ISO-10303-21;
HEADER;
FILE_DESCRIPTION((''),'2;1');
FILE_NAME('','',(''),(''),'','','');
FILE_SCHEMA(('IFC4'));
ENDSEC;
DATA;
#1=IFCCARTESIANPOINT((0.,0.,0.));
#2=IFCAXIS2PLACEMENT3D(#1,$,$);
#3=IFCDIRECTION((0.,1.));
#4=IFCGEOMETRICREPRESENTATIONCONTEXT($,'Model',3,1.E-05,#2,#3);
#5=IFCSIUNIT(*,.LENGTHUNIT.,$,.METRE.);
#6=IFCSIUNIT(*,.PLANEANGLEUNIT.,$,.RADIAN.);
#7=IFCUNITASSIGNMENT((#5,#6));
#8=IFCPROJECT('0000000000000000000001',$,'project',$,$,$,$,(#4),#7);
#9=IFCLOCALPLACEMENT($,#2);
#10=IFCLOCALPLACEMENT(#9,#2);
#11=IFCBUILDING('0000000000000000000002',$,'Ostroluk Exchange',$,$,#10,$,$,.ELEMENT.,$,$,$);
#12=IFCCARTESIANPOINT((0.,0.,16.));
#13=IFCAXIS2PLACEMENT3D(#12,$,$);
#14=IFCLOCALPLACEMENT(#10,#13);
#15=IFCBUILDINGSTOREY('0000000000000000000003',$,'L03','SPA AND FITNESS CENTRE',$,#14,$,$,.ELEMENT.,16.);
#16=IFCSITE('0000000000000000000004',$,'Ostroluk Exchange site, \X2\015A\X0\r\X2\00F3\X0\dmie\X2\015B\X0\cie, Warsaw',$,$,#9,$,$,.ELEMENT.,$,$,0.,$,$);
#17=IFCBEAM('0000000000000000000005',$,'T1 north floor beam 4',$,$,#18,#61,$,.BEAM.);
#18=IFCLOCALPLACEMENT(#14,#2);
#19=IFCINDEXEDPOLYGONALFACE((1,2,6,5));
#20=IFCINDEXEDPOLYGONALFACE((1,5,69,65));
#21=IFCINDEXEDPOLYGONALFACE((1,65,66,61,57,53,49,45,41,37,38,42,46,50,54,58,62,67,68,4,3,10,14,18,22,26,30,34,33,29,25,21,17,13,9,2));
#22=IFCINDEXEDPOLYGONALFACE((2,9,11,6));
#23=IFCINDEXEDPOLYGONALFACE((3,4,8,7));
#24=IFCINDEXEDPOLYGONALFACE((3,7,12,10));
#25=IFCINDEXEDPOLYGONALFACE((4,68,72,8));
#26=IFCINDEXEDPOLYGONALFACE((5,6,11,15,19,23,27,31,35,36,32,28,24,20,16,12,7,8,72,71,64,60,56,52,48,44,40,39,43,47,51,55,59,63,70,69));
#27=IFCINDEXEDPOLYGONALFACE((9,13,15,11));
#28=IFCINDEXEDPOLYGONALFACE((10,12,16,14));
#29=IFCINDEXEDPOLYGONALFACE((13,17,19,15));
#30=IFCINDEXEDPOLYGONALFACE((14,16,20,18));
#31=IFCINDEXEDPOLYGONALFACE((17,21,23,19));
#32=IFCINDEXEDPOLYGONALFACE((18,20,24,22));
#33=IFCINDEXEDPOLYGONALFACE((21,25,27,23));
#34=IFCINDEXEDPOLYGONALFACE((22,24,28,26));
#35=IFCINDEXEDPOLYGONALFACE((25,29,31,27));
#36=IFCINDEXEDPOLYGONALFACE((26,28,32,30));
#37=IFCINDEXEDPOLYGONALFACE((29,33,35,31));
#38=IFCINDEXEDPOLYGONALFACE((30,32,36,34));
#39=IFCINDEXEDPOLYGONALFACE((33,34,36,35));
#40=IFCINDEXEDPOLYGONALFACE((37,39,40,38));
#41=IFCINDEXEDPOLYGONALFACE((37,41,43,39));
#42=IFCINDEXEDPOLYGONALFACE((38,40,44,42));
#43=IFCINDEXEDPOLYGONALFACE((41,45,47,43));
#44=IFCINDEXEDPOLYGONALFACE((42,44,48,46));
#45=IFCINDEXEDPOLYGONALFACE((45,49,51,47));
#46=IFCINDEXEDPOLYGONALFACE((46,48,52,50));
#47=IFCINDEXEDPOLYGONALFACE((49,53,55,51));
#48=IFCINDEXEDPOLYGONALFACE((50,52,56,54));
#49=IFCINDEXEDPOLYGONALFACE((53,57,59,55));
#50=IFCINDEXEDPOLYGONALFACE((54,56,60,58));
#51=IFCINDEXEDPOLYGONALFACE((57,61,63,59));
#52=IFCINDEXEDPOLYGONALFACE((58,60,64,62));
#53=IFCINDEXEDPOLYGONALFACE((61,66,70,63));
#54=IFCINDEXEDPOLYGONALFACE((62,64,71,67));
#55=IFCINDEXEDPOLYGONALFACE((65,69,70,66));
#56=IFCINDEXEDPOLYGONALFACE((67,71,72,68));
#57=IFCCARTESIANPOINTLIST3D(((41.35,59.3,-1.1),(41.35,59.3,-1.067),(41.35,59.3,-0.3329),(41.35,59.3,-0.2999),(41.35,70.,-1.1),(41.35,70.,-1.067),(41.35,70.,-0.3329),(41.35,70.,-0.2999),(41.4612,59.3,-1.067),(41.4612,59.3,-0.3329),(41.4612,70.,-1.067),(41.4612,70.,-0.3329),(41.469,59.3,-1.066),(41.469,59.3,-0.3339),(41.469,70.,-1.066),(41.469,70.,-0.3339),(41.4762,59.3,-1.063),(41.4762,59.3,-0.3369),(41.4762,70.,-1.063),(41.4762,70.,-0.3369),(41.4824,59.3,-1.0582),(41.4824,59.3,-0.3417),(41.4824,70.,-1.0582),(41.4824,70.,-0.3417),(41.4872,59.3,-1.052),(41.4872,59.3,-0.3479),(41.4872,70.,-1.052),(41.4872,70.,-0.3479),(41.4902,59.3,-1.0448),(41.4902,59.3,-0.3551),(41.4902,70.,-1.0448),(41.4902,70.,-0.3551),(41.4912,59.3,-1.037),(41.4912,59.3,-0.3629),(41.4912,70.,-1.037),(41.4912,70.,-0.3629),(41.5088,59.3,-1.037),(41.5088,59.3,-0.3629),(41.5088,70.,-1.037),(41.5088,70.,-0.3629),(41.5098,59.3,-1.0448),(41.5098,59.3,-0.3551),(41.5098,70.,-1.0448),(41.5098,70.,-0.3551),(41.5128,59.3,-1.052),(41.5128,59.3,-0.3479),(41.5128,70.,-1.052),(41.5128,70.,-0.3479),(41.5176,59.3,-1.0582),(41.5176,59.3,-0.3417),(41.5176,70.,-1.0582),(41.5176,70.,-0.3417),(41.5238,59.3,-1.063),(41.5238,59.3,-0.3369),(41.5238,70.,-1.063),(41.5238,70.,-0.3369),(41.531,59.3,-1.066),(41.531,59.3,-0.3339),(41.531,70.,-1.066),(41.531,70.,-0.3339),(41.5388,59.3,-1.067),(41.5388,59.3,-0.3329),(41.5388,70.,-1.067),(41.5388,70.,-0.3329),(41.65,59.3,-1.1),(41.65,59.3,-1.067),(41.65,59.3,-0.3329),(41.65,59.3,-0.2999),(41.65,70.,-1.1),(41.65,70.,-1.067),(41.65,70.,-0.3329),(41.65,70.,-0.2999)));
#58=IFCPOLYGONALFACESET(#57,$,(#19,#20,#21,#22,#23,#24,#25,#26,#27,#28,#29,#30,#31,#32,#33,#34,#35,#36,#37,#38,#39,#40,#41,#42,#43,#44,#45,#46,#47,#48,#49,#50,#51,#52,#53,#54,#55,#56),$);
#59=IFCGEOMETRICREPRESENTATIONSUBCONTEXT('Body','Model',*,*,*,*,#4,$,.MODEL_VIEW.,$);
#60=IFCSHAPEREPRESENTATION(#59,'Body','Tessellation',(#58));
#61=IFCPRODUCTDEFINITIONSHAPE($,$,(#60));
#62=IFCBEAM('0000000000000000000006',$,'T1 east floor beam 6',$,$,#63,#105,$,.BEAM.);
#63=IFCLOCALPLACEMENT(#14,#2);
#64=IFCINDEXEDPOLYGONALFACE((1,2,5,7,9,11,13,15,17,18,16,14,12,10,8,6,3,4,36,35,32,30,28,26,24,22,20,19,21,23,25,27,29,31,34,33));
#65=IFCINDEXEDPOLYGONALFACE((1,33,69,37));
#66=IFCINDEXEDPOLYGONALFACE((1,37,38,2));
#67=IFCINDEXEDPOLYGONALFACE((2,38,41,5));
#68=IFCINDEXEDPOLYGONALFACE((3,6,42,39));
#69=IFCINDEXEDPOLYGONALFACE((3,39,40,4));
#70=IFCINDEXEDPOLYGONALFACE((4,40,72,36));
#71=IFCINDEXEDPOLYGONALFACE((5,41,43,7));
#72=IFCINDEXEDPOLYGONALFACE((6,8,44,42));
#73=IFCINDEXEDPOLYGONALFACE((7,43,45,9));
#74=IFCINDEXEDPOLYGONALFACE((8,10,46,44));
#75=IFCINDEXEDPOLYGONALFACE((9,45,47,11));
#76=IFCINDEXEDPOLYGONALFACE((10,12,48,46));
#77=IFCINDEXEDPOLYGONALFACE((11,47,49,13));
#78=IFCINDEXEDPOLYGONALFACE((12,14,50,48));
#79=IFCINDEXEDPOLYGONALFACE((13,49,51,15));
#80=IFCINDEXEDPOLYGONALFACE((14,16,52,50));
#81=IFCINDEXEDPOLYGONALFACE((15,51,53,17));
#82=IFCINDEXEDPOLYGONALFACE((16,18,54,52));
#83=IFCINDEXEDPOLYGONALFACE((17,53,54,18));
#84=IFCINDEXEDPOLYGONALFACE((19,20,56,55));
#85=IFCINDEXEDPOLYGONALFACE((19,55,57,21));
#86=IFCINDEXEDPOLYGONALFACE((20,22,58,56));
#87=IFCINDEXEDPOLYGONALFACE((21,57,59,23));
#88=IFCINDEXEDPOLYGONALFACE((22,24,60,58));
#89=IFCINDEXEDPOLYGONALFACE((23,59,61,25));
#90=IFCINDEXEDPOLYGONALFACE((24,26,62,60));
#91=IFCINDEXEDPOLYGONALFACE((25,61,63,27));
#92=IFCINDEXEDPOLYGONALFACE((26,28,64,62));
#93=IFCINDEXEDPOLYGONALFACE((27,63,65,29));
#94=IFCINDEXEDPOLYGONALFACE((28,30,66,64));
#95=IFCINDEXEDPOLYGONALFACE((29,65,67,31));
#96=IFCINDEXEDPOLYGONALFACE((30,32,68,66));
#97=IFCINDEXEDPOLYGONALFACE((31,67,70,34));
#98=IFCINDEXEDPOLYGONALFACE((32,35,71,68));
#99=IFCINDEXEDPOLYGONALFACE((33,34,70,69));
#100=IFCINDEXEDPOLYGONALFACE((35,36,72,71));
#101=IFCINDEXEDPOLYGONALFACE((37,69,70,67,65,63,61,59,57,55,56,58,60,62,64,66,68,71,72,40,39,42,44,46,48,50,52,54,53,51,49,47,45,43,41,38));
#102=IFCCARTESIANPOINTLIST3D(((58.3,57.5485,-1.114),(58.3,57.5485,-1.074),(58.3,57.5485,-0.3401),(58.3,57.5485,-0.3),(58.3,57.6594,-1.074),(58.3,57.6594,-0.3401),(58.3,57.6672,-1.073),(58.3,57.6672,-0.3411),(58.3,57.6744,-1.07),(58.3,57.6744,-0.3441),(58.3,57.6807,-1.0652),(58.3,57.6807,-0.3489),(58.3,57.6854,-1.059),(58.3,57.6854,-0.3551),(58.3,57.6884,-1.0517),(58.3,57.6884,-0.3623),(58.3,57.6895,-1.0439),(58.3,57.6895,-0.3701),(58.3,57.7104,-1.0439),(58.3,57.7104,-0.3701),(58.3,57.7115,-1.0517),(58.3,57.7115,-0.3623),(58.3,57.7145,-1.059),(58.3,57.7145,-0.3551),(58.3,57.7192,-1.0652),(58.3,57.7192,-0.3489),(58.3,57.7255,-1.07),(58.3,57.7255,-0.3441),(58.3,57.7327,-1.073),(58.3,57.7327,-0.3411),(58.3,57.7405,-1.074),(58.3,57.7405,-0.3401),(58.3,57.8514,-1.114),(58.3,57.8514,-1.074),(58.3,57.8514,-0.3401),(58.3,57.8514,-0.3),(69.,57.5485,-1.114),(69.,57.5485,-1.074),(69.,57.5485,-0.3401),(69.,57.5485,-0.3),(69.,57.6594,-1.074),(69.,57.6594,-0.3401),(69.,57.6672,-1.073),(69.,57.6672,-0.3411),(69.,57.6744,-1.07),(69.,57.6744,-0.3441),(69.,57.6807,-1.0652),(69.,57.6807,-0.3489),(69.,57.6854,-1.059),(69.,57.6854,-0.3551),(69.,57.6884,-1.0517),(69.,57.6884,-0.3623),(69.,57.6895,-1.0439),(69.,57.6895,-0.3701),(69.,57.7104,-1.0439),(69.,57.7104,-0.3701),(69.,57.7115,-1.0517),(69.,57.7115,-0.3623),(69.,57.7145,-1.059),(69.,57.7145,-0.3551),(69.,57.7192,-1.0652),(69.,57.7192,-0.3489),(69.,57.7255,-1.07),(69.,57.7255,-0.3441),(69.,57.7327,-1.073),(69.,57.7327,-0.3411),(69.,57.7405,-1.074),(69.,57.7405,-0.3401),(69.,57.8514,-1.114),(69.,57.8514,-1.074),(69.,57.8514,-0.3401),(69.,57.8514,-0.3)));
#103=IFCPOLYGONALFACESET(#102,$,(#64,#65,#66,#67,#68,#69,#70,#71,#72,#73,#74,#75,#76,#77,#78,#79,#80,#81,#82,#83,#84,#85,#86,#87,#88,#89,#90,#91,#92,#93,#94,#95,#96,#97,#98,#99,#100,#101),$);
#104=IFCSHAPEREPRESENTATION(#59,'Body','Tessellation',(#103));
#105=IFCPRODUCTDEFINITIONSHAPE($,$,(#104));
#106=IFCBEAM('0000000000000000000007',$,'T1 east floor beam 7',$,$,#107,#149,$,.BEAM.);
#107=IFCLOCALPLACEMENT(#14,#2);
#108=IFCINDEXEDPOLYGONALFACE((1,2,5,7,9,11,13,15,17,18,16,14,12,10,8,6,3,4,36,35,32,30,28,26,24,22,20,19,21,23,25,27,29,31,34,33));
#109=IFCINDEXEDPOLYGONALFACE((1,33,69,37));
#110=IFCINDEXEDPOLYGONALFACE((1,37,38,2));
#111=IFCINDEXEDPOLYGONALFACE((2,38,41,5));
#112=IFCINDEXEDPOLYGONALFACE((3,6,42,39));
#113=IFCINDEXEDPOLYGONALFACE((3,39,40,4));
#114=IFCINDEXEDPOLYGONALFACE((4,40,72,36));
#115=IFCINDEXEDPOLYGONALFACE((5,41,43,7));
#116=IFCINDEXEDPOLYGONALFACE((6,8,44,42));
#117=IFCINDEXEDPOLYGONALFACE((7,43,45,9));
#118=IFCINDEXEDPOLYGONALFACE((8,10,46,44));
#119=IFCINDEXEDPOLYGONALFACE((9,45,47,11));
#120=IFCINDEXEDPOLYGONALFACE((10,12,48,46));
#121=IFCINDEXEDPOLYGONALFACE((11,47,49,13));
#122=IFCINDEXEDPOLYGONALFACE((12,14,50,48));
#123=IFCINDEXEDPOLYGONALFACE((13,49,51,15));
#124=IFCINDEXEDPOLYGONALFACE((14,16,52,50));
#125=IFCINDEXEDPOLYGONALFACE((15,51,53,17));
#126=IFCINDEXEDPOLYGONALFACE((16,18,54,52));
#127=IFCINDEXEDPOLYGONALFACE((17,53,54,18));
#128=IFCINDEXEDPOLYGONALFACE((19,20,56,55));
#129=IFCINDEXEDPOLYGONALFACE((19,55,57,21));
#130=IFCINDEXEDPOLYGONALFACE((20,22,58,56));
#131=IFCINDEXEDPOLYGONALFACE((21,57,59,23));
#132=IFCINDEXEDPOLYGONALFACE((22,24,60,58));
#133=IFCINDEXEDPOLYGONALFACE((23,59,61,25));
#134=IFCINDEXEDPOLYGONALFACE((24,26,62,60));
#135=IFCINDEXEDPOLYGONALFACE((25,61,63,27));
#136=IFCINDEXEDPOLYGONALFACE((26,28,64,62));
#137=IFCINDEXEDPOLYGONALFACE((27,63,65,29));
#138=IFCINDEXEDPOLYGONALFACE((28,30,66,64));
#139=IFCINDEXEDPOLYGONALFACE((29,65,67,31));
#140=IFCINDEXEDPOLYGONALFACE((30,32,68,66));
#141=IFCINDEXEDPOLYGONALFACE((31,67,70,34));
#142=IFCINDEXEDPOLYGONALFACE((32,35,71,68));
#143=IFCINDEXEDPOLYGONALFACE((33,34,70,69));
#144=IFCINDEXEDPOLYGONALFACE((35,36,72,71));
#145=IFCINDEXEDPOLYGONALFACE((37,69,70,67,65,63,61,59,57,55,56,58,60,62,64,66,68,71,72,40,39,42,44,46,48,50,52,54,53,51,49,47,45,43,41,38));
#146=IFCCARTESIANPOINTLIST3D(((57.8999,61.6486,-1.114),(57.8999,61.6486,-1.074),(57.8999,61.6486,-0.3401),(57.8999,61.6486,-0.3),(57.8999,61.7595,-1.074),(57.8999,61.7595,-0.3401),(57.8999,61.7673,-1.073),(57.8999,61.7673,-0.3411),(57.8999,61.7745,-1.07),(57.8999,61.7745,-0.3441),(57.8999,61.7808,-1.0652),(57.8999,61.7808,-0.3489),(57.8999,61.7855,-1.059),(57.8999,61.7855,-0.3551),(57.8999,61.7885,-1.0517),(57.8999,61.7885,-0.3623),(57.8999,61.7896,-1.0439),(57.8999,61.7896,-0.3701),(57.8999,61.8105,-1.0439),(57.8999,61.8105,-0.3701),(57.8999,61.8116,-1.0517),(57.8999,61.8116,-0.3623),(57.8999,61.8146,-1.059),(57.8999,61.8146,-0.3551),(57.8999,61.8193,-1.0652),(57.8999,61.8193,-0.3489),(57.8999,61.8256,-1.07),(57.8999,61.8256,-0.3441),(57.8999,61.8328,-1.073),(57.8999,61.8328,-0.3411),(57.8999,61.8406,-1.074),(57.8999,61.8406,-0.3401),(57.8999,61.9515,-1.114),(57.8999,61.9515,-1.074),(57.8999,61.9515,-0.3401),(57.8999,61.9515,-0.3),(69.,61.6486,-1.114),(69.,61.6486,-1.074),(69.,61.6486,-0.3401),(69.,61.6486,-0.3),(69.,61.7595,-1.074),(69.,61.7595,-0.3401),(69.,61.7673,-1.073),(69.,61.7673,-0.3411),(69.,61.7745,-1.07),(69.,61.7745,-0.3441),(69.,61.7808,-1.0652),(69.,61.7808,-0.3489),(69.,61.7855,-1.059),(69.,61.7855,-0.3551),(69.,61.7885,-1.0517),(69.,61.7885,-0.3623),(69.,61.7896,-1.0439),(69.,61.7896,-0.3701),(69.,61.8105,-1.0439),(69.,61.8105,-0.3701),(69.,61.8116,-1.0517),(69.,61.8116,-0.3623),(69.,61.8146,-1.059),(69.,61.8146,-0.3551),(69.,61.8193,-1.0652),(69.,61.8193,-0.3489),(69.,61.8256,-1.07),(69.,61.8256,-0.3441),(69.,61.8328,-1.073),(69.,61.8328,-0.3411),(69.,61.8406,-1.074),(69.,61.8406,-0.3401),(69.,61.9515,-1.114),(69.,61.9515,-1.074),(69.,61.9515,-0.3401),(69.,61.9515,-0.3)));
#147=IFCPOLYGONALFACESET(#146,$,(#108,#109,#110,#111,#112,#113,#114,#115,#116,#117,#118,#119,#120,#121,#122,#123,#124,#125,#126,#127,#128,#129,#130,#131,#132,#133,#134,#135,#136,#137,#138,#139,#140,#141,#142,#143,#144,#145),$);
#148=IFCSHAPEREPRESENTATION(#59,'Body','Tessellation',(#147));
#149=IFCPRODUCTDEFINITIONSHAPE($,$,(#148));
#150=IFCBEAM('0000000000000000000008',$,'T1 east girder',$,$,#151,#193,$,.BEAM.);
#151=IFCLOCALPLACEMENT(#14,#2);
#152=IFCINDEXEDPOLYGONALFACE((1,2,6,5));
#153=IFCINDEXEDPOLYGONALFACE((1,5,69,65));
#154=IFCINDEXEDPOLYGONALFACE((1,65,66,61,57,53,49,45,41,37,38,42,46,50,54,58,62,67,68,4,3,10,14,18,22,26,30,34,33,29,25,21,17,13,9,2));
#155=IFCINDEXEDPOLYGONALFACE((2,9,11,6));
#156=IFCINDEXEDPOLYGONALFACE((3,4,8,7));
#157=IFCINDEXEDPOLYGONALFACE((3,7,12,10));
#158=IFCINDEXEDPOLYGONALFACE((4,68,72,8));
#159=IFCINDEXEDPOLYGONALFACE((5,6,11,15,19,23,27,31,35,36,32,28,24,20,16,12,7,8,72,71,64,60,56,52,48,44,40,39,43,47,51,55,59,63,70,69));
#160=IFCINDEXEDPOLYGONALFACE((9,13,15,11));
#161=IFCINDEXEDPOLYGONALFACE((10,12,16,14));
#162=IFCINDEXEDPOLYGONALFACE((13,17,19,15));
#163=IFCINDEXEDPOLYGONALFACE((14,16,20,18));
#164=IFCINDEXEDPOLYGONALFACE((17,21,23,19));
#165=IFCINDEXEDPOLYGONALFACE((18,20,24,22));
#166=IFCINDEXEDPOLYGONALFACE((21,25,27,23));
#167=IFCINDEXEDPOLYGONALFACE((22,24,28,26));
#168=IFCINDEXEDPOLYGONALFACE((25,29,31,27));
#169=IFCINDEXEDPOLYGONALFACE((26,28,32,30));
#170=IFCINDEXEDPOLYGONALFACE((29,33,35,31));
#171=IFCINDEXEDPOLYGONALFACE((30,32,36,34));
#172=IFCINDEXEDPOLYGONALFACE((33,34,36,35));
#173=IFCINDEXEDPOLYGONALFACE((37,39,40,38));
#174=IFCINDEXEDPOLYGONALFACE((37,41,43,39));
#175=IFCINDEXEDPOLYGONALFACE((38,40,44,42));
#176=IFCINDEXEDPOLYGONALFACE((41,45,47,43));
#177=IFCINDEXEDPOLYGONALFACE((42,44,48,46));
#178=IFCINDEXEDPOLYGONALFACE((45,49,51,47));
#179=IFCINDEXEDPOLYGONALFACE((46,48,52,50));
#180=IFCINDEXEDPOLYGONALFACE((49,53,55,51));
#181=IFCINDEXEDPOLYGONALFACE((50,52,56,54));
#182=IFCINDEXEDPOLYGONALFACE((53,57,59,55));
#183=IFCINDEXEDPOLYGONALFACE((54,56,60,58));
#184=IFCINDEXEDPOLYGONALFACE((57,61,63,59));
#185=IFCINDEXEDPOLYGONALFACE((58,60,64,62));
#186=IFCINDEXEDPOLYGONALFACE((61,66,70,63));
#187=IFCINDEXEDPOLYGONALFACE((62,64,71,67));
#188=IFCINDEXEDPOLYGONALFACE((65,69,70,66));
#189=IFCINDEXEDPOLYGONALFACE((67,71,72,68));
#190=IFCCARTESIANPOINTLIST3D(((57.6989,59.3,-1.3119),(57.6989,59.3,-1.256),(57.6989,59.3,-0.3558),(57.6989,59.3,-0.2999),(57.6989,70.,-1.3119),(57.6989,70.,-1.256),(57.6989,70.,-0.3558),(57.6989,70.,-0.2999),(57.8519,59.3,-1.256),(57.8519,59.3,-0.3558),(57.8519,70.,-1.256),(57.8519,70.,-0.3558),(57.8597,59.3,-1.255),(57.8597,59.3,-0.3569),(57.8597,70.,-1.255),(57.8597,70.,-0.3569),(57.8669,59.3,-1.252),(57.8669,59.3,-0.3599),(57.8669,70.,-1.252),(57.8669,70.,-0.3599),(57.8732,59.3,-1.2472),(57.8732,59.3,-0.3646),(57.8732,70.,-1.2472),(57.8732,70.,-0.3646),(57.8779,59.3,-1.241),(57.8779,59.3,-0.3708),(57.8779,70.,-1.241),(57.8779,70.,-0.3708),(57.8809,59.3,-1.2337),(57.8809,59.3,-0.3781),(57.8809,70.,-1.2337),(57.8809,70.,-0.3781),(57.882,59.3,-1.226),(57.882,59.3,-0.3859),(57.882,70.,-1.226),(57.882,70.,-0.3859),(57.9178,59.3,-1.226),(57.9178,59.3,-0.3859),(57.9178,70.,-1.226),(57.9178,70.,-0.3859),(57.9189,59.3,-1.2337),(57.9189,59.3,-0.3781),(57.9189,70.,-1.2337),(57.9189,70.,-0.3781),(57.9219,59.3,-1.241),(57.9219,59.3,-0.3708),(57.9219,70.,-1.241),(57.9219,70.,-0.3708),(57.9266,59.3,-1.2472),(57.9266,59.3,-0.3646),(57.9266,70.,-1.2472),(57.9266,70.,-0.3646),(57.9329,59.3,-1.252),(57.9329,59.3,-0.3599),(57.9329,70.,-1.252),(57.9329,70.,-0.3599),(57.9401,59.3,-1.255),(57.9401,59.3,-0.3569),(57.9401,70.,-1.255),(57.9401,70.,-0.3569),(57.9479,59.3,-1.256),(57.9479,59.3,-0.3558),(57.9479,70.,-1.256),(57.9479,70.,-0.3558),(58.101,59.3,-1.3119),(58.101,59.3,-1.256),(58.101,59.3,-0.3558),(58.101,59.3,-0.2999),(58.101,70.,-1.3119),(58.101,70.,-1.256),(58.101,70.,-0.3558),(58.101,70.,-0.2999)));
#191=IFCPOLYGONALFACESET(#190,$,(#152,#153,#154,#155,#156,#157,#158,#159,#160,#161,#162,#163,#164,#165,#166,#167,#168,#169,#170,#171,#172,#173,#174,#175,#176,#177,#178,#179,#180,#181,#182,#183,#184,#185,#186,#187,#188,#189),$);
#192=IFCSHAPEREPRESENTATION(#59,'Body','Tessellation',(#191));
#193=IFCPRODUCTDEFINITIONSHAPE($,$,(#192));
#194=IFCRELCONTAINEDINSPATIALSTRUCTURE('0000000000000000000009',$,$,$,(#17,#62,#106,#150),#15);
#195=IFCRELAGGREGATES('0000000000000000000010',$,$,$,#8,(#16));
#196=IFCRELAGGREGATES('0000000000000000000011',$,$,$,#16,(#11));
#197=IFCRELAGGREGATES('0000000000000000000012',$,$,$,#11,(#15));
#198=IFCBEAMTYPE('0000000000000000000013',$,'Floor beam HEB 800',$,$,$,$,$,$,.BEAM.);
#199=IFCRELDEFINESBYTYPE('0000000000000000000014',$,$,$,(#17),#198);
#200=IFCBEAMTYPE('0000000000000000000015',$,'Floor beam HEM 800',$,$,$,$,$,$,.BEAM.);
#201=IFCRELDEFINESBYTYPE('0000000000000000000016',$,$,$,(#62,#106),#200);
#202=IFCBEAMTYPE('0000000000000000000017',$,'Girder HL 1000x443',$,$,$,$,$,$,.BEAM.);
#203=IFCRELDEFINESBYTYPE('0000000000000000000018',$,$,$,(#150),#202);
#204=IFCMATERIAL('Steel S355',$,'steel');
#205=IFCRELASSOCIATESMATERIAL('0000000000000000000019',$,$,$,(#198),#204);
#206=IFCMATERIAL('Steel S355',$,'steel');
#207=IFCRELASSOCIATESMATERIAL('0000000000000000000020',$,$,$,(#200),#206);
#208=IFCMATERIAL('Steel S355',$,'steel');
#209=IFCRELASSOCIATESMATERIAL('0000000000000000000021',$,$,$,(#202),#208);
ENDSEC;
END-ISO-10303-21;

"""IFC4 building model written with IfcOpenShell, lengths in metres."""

from ifc_helpers import new_model, si_unit, direction, frame, origin, origin_2d, place, context, subcontext, project, spatial, i_section, extrude, material, material_profile, profile_set, type_object, element, save


model = new_model("IFC4")

# Units and contexts
model_context = context("Model", 3, precision=1e-05, world=origin(), true_north=direction((0.0, 1.0)))
body_context = subcontext(model_context, "Body", "Model", "MODEL_VIEW")
ifc_project = project(units=[si_unit("LENGTHUNIT", "METRE"), si_unit("PLANEANGLEUNIT", "RADIAN")], contexts=[model_context])

# Site, building, storey
site_placement = place(None, origin())
site = spatial("IfcSite", under=ifc_project, at=site_placement, Name="Ostroluk Exchange site, Śródmieście, Warsaw", CompositionType="ELEMENT", RefElevation=0.0)
building_placement = place(site_placement, origin())
building = spatial("IfcBuilding", under=site, at=building_placement, Name="Ostroluk Exchange", CompositionType="ELEMENT")
storey_placement = place(building_placement, frame((0.0, 0.0, 16.0)))
storey = spatial("IfcBuildingStorey", under=building, at=storey_placement, Name="L03", Description="SPA AND FITNESS CENTRE", CompositionType="ELEMENT", Elevation=16.0)

# Beams
ifc_material_1 = material(Name="Steel S355", Category="steel")
ifc_material_profile_1 = material_profile(ifc_material_1, i_section(OverallWidth=0.3, OverallDepth=0.8, WebThickness=0.0176, FlangeThickness=0.033, FilletRadius=0.03, at=origin_2d()), Name="HEB 800")
ifc_profile_set_1 = profile_set([ifc_material_profile_1], Name="Steel S355")
beam_type_1 = type_object("IfcBeamType", Name="Floor beam HEB 800", PredefinedType="BEAM", material=ifc_profile_set_1)
for number, where, z_axis, x_axis, name in (
    (1, (41.5, 59.3, -0.7), (0.0, 1.0, 0.0), (-1.0, 0.0, 0.0), "T1 north floor beam 4"),
):
    element("IfcBeam", number, at=place(storey_placement, frame(where, z_axis=z_axis, x_axis=x_axis)), inside=storey, type_object=beam_type_1, Name=name, PredefinedType="BEAM", context=body_context, shape_type="SweptSolid", body=[
        extrude(i_section(OverallWidth=0.3, OverallDepth=0.8, WebThickness=0.0176, FlangeThickness=0.033, FilletRadius=0.03, at=origin_2d()), origin(), (0.0, 0.0, 1.0), 10.7),
    ])
ifc_material_2 = material(Name="Steel S355", Category="steel")
ifc_material_profile_2 = material_profile(ifc_material_2, i_section(OverallWidth=0.303, OverallDepth=0.814, WebThickness=0.021, FlangeThickness=0.04, FilletRadius=0.03, at=origin_2d()), Name="HEM 800")
ifc_profile_set_2 = profile_set([ifc_material_profile_2], Name="Steel S355")
beam_type_2 = type_object("IfcBeamType", Name="Floor beam HEM 800", PredefinedType="BEAM", material=ifc_profile_set_2)
beam_1_placement = place(storey_placement, frame((58.3, 57.7, -0.707), z_axis=(1.0, 0.0, 0.0), x_axis=(0.0, 1.0, 0.0)))
element("IfcBeam", 2, at=beam_1_placement, inside=storey, type_object=beam_type_2, Name="T1 east floor beam 6", PredefinedType="BEAM", context=body_context, shape_type="SweptSolid", body=[
    extrude(i_section(OverallWidth=0.303, OverallDepth=0.814, WebThickness=0.021, FlangeThickness=0.04, FilletRadius=0.03, at=origin_2d()), origin(), (0.0, 0.0, 1.0), 10.7),
])
beam_2_placement = place(storey_placement, frame((57.8999, 61.8, -0.707), z_axis=(1.0, 0.0, 0.0), x_axis=(0.0, 1.0, 0.0)))
element("IfcBeam", 3, at=beam_2_placement, inside=storey, type_object=beam_type_2, Name="T1 east floor beam 7", PredefinedType="BEAM", context=body_context, shape_type="SweptSolid", body=[
    extrude(i_section(OverallWidth=0.303, OverallDepth=0.814, WebThickness=0.021, FlangeThickness=0.04, FilletRadius=0.03, at=origin_2d()), origin(), (0.0, 0.0, 1.0), 11.1001),
])
ifc_material_3 = material(Name="Steel S355", Category="steel")
ifc_material_profile_3 = material_profile(ifc_material_3, i_section(OverallWidth=0.4021, OverallDepth=1.012, WebThickness=0.0359, FlangeThickness=0.0559, FilletRadius=0.03, at=origin_2d()), Name="HL 1000x443")
ifc_profile_set_3 = profile_set([ifc_material_profile_3], Name="Steel S355")
beam_type_3 = type_object("IfcBeamType", Name="Girder HL 1000x443", PredefinedType="BEAM", material=ifc_profile_set_3)
beam_3_placement = place(storey_placement, frame((57.8999, 59.3, -0.8059), z_axis=(0.0, 1.0, 0.0), x_axis=(-1.0, 0.0, 0.0)))
element("IfcBeam", 4, at=beam_3_placement, inside=storey, type_object=beam_type_3, Name="T1 east girder", PredefinedType="BEAM", context=body_context, shape_type="SweptSolid", body=[
    extrude(i_section(OverallWidth=0.4021, OverallDepth=1.012, WebThickness=0.0359, FlangeThickness=0.0559, FilletRadius=0.03, at=origin_2d()), origin(), (0.0, 0.0, 1.0), 10.7),
])

save(model, "model.ifc")
